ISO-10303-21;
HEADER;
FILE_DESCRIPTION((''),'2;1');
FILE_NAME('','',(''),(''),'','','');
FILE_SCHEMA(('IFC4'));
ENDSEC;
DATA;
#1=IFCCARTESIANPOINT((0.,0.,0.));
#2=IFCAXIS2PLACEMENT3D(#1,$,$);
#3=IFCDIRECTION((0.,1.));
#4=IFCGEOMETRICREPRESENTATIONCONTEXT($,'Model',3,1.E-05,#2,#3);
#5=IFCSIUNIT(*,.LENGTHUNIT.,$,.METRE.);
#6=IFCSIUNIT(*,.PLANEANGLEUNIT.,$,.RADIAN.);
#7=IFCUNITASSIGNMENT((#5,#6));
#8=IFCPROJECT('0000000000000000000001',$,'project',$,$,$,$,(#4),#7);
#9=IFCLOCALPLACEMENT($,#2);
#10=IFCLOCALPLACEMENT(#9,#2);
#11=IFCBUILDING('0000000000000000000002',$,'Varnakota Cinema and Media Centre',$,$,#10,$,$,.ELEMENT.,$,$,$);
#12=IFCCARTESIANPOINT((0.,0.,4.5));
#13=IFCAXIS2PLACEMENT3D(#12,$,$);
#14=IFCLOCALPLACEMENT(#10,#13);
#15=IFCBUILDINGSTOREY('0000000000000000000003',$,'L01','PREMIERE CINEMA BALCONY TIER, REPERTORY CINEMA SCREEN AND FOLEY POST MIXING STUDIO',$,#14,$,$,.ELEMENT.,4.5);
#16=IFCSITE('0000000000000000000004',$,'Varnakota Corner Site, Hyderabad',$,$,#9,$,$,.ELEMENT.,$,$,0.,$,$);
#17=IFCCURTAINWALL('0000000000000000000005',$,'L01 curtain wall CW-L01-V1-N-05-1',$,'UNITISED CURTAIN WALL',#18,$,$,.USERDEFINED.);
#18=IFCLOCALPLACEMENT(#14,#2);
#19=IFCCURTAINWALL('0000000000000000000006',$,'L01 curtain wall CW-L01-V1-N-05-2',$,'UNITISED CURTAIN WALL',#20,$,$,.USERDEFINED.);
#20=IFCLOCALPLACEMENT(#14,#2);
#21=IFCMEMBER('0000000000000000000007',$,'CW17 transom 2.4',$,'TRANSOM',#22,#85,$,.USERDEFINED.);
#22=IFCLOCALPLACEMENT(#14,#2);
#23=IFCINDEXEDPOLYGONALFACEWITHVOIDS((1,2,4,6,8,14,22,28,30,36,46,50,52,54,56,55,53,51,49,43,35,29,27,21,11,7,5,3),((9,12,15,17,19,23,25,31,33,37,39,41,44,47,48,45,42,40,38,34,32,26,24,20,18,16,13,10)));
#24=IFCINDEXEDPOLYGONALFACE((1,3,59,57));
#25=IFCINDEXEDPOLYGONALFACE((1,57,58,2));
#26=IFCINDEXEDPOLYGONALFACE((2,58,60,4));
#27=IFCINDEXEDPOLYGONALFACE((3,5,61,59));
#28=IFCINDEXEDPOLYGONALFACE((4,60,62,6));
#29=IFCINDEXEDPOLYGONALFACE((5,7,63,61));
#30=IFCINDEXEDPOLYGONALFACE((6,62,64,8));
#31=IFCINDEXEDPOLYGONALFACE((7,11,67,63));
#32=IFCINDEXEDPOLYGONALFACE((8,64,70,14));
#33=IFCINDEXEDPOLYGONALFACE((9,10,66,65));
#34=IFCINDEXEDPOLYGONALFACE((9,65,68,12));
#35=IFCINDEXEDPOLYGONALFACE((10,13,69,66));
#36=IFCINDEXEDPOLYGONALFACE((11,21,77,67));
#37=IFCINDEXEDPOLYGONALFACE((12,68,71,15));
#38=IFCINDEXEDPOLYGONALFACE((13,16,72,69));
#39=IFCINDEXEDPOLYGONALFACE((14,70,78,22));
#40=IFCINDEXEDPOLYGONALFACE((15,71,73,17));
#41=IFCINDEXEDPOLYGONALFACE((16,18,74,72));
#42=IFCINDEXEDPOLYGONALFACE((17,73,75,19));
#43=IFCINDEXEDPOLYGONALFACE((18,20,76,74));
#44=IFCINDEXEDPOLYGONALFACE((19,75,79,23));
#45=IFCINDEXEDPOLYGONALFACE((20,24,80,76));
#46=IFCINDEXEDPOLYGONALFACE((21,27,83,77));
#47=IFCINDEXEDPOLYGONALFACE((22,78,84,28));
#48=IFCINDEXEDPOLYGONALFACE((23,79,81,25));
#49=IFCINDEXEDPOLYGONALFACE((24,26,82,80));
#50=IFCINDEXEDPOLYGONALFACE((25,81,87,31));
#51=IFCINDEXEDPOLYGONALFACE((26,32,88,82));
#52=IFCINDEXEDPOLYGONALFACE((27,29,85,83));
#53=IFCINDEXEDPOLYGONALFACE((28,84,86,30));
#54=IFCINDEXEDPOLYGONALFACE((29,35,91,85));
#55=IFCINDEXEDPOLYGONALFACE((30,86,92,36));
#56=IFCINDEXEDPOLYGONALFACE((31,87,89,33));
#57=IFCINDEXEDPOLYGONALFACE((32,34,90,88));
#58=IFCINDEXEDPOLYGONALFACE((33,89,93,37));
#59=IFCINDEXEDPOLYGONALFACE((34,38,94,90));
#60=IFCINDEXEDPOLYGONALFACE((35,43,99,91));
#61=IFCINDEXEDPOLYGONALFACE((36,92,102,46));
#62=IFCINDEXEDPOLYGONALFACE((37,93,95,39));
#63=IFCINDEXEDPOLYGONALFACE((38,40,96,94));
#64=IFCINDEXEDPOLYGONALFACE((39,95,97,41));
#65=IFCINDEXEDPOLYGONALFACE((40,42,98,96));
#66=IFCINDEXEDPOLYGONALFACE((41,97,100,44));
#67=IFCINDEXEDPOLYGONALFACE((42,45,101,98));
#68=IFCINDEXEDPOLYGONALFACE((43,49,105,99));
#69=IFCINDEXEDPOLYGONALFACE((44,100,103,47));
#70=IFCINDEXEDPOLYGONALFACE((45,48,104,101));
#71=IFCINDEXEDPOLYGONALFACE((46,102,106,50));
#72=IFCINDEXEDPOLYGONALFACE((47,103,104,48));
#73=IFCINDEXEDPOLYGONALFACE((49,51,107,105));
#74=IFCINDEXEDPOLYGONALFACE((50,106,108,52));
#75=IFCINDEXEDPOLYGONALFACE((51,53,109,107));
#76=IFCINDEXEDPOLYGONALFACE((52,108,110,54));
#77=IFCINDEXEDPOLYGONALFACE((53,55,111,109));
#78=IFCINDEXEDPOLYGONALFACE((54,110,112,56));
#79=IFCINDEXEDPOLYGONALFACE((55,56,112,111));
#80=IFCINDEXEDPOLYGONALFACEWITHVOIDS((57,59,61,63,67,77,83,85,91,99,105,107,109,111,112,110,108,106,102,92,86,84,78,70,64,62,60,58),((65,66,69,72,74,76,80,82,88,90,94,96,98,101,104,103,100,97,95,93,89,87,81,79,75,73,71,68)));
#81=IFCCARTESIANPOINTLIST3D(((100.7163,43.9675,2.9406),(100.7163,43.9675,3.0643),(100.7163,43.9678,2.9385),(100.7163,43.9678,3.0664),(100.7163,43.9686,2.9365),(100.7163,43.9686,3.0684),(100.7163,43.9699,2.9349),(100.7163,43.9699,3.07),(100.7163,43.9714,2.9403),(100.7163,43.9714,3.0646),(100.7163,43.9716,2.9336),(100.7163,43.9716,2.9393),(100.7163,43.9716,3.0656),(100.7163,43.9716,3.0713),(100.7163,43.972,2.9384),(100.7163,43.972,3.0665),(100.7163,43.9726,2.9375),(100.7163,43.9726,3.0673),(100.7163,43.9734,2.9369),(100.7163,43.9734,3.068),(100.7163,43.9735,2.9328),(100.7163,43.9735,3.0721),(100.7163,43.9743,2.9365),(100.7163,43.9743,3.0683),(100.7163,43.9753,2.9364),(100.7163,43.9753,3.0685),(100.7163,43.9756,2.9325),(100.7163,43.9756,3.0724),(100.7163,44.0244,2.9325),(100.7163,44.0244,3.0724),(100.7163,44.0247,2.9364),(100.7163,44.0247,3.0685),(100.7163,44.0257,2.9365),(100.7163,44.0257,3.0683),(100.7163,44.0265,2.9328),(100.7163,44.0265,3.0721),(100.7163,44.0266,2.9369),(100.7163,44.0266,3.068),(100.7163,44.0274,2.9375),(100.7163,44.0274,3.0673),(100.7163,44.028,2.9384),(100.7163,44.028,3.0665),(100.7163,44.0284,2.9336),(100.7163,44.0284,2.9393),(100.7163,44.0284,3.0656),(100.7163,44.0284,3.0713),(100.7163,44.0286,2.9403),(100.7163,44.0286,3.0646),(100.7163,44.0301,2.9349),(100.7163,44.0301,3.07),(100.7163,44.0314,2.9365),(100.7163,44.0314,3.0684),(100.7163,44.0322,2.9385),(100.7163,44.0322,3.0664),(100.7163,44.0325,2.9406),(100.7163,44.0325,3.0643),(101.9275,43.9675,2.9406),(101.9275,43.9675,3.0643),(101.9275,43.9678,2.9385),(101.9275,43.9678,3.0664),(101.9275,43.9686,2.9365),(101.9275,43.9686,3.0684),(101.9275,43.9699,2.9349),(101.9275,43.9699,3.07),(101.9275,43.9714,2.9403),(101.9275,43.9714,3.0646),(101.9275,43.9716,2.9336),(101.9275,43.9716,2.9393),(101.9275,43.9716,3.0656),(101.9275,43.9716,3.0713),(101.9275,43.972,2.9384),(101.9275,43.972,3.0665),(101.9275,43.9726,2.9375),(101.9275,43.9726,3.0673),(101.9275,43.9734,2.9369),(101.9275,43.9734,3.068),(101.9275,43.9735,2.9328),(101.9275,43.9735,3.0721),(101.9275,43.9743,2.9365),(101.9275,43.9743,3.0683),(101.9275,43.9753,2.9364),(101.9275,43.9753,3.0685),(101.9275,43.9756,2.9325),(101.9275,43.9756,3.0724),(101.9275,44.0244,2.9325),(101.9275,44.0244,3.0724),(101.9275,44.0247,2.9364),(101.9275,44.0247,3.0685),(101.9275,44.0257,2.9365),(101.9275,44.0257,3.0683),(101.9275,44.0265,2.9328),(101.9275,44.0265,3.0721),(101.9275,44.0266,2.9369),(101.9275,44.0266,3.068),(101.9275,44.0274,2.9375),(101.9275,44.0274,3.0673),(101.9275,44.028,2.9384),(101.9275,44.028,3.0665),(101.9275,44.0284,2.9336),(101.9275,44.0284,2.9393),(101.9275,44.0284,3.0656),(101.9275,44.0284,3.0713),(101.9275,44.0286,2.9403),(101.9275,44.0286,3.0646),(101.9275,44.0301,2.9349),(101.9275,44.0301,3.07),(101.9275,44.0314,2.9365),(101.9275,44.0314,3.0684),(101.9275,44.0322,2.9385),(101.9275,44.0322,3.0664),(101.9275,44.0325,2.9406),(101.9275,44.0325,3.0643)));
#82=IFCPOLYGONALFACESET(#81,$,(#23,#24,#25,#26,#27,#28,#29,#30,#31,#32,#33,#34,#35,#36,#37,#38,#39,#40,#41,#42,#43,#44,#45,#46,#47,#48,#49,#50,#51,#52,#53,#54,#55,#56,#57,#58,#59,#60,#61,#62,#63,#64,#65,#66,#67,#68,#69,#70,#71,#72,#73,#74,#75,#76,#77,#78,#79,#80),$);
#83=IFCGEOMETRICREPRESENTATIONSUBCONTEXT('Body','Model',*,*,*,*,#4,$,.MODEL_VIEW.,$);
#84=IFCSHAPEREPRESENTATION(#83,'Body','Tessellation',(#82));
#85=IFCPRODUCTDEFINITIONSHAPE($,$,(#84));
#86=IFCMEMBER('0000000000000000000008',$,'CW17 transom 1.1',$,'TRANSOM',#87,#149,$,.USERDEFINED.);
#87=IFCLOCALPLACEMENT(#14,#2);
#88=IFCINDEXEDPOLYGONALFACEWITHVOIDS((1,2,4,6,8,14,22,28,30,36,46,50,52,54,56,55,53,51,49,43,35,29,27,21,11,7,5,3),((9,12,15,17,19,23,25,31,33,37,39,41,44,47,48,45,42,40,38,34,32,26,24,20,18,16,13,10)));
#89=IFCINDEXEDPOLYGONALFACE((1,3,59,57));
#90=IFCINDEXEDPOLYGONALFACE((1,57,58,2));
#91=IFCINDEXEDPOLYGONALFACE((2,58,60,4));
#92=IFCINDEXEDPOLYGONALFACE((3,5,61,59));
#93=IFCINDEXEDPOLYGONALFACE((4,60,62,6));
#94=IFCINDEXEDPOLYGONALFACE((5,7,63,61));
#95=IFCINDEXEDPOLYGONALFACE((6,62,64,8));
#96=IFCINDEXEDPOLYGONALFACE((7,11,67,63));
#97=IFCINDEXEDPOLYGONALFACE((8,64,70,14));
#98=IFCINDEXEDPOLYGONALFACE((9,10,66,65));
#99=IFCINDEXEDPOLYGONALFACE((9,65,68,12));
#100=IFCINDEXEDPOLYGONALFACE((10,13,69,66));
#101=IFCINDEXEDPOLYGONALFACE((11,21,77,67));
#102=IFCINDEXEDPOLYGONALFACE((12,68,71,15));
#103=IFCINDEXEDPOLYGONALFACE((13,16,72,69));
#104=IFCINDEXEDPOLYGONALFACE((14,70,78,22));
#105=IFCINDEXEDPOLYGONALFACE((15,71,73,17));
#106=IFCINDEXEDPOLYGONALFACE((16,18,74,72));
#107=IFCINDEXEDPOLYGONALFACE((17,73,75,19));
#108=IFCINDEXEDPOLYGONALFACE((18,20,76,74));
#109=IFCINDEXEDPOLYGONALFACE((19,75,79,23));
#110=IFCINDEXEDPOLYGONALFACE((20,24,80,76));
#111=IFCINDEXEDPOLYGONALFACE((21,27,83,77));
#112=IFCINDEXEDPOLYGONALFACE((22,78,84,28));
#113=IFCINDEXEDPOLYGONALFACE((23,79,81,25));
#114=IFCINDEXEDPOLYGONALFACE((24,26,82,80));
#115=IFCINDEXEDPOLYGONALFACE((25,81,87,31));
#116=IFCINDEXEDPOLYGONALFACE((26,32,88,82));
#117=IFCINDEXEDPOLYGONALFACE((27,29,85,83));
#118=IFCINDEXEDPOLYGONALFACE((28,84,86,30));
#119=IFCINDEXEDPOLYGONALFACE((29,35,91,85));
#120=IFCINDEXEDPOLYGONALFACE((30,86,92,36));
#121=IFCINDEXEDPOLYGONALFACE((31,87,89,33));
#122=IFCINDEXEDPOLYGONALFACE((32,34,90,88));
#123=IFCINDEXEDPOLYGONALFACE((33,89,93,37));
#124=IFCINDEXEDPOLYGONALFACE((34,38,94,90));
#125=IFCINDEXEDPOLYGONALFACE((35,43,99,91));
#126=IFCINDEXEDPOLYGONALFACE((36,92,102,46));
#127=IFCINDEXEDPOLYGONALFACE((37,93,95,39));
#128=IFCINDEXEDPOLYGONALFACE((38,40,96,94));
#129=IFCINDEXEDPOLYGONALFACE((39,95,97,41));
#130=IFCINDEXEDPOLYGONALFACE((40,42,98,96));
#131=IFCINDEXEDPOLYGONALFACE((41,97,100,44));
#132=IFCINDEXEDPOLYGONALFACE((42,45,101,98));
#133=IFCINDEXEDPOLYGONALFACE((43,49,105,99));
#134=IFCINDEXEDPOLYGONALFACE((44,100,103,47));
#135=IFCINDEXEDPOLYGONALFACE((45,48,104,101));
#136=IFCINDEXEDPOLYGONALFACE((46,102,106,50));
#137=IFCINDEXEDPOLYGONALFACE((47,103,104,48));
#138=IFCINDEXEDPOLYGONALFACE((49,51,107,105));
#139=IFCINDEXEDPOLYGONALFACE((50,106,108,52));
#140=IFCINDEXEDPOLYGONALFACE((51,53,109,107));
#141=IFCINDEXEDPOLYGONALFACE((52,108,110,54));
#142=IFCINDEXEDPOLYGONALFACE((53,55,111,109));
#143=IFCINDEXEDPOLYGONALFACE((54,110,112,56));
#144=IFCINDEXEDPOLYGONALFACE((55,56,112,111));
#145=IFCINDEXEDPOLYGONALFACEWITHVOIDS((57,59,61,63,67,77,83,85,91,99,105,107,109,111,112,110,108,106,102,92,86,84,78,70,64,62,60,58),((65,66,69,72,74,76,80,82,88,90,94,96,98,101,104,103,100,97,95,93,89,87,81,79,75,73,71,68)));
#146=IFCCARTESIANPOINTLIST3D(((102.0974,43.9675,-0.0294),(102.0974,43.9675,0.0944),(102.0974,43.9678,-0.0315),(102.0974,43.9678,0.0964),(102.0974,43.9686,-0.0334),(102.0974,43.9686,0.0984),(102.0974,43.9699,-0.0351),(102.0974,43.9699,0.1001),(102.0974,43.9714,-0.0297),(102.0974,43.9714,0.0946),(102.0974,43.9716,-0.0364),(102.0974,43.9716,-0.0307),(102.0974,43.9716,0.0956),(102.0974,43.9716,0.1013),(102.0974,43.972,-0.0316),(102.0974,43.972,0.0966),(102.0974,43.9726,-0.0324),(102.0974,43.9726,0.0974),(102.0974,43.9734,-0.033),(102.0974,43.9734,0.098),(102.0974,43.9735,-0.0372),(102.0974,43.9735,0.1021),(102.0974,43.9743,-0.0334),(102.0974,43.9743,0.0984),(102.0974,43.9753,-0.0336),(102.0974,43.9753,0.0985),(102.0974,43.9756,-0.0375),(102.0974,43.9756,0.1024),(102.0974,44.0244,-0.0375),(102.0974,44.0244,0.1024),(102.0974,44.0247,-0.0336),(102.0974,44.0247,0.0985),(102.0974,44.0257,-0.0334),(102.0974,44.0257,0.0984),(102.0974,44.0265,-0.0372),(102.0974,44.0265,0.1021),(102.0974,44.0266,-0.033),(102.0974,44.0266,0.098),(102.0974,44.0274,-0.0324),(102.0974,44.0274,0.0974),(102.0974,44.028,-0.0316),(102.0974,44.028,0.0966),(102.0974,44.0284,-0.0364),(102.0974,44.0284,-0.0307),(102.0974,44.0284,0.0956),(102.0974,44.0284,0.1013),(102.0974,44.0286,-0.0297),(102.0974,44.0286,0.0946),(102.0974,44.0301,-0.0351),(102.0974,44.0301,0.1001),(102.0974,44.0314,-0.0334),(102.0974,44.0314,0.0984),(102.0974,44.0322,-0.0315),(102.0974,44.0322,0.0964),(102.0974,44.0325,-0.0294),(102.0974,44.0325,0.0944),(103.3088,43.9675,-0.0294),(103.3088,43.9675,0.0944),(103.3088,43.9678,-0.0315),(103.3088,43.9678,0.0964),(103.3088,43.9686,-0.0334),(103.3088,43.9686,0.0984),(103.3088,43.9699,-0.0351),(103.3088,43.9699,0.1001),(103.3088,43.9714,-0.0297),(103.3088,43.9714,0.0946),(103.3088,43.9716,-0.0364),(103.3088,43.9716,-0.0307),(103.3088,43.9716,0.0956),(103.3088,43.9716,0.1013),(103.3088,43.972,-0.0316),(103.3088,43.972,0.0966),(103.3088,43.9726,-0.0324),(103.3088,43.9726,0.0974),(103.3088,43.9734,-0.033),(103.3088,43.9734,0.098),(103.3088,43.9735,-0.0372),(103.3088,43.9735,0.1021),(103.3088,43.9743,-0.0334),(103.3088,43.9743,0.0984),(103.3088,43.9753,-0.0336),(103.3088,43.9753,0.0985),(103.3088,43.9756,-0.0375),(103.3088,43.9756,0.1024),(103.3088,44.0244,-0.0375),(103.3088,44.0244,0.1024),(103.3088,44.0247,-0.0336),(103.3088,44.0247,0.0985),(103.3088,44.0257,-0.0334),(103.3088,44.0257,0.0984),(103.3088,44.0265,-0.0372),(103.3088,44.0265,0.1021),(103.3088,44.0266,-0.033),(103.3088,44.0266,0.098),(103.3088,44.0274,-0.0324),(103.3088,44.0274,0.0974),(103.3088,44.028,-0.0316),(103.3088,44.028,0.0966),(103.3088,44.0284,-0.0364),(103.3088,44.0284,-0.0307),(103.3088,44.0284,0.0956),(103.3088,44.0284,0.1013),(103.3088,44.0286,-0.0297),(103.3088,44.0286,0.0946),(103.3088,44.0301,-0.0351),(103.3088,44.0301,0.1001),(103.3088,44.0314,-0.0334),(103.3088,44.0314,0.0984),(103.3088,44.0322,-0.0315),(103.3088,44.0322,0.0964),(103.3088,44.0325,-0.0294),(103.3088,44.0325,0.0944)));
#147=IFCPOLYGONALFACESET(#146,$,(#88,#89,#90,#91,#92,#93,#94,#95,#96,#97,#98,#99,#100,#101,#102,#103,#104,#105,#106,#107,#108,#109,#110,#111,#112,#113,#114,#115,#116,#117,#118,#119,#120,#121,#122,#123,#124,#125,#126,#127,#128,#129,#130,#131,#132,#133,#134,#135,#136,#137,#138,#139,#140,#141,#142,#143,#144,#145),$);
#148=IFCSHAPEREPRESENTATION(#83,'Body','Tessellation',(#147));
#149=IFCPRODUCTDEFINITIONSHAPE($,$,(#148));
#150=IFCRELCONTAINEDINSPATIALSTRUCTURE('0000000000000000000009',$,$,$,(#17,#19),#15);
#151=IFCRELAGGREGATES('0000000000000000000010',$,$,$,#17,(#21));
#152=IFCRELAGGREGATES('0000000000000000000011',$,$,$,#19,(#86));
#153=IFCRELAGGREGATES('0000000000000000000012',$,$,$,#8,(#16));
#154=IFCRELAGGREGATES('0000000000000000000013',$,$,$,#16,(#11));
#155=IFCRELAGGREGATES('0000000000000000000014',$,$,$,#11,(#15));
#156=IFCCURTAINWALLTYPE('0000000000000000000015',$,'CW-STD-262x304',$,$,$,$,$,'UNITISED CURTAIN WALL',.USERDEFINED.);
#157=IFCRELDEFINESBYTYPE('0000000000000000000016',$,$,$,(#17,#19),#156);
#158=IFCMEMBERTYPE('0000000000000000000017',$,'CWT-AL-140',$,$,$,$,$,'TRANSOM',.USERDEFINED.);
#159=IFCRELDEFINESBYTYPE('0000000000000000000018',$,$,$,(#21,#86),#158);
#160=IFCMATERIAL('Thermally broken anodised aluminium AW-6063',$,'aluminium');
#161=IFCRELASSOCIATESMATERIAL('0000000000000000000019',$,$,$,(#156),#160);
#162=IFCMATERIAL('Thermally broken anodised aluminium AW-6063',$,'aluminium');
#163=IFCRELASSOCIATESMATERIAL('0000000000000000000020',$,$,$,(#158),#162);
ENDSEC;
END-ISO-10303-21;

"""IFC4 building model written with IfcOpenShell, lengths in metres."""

from ifc_helpers import new_model, si_unit, direction, frame, origin, origin_2d, place, context, subcontext, project, spatial, hollow_rectangle, extrude, material, material_profile, profile_set, type_object, element, aggregate, save


model = new_model("IFC4")

# Units and contexts
model_context = context("Model", 3, precision=1e-05, world=origin(), true_north=direction((0.0, 1.0)))
body_context = subcontext(model_context, "Body", "Model", "MODEL_VIEW")
ifc_project = project(units=[si_unit("LENGTHUNIT", "METRE"), si_unit("PLANEANGLEUNIT", "RADIAN")], contexts=[model_context])

# Site, building, storey
site_placement = place(None, origin())
site = spatial("IfcSite", under=ifc_project, at=site_placement, Name="Varnakota Corner Site, Hyderabad", CompositionType="ELEMENT", RefElevation=0.0)
building_placement = place(site_placement, origin())
building = spatial("IfcBuilding", under=site, at=building_placement, Name="Varnakota Cinema and Media Centre", CompositionType="ELEMENT")
storey_placement = place(building_placement, frame((0.0, 0.0, 4.5)))
storey = spatial("IfcBuildingStorey", under=building, at=storey_placement, Name="L01", Description="PREMIERE CINEMA BALCONY TIER, REPERTORY CINEMA SCREEN AND FOLEY POST MIXING STUDIO", CompositionType="ELEMENT", Elevation=4.5)

# Curtain walls
ifc_material_1 = material(Name="Thermally broken anodised aluminium AW-6063", Category="aluminium")
curtain_wall_type = type_object("IfcCurtainWallType", Name="CW-STD-262x304", ElementType="UNITISED CURTAIN WALL", PredefinedType="USERDEFINED", material=ifc_material_1)
curtain_wall_1_placement = place(storey_placement, origin())
curtain_wall_1 = element("IfcCurtainWall", 1, at=curtain_wall_1_placement, inside=storey, type_object=curtain_wall_type, Name="L01 curtain wall CW-L01-V1-N-05-1", ObjectType="UNITISED CURTAIN WALL", PredefinedType="USERDEFINED")
curtain_wall_2_placement = place(storey_placement, origin())
curtain_wall_2 = element("IfcCurtainWall", 2, at=curtain_wall_2_placement, inside=storey, type_object=curtain_wall_type, Name="L01 curtain wall CW-L01-V1-N-05-2", ObjectType="UNITISED CURTAIN WALL", PredefinedType="USERDEFINED")

# Members
ifc_material_2 = material(Name="Thermally broken anodised aluminium AW-6063", Category="aluminium")
ifc_material_profile_1 = material_profile(ifc_material_2, hollow_rectangle(XDim=0.0649, YDim=0.1399, WallThickness=0.0039, InnerFilletRadius=0.0039, OuterFilletRadius=0.0081, at=origin_2d()), Name="AL-TRANSOM 140x65x4")
ifc_profile_set_1 = profile_set([ifc_material_profile_1], Name="Thermally broken anodised aluminium AW-6063")
member_type_1 = type_object("IfcMemberType", Name="CWT-AL-140", ElementType="TRANSOM", PredefinedType="USERDEFINED", material=ifc_profile_set_1)
member_1_placement = place(storey_placement, frame((100.7163, 44.0, 3.0024), z_axis=(1.0, 0.0, 0.0), x_axis=(0.0, 1.0, 0.0)))
member_1 = element("IfcMember", 3, at=member_1_placement, type_object=member_type_1, Name="CW17 transom 2.4", ObjectType="TRANSOM", PredefinedType="USERDEFINED", context=body_context, shape_type="SweptSolid", body=[
    extrude(hollow_rectangle(XDim=0.0649, YDim=0.1399, WallThickness=0.0039, InnerFilletRadius=0.0039, OuterFilletRadius=0.0081, at=origin_2d()), origin(), (0.0, 0.0, 1.0), 1.2112),
])
member_2_placement = place(storey_placement, frame((102.0974, 44.0, 0.0325), z_axis=(1.0, 0.0, 0.0), x_axis=(0.0, 1.0, 0.0)))
member_2 = element("IfcMember", 4, at=member_2_placement, type_object=member_type_1, Name="CW17 transom 1.1", ObjectType="TRANSOM", PredefinedType="USERDEFINED", context=body_context, shape_type="SweptSolid", body=[
    extrude(hollow_rectangle(XDim=0.0649, YDim=0.1399, WallThickness=0.0039, InnerFilletRadius=0.0039, OuterFilletRadius=0.0081, at=origin_2d()), origin(), (0.0, 0.0, 1.0), 1.2114),
])

aggregate(curtain_wall_1, [member_1])
aggregate(curtain_wall_2, [member_2])

save(model, "model.ifc")
